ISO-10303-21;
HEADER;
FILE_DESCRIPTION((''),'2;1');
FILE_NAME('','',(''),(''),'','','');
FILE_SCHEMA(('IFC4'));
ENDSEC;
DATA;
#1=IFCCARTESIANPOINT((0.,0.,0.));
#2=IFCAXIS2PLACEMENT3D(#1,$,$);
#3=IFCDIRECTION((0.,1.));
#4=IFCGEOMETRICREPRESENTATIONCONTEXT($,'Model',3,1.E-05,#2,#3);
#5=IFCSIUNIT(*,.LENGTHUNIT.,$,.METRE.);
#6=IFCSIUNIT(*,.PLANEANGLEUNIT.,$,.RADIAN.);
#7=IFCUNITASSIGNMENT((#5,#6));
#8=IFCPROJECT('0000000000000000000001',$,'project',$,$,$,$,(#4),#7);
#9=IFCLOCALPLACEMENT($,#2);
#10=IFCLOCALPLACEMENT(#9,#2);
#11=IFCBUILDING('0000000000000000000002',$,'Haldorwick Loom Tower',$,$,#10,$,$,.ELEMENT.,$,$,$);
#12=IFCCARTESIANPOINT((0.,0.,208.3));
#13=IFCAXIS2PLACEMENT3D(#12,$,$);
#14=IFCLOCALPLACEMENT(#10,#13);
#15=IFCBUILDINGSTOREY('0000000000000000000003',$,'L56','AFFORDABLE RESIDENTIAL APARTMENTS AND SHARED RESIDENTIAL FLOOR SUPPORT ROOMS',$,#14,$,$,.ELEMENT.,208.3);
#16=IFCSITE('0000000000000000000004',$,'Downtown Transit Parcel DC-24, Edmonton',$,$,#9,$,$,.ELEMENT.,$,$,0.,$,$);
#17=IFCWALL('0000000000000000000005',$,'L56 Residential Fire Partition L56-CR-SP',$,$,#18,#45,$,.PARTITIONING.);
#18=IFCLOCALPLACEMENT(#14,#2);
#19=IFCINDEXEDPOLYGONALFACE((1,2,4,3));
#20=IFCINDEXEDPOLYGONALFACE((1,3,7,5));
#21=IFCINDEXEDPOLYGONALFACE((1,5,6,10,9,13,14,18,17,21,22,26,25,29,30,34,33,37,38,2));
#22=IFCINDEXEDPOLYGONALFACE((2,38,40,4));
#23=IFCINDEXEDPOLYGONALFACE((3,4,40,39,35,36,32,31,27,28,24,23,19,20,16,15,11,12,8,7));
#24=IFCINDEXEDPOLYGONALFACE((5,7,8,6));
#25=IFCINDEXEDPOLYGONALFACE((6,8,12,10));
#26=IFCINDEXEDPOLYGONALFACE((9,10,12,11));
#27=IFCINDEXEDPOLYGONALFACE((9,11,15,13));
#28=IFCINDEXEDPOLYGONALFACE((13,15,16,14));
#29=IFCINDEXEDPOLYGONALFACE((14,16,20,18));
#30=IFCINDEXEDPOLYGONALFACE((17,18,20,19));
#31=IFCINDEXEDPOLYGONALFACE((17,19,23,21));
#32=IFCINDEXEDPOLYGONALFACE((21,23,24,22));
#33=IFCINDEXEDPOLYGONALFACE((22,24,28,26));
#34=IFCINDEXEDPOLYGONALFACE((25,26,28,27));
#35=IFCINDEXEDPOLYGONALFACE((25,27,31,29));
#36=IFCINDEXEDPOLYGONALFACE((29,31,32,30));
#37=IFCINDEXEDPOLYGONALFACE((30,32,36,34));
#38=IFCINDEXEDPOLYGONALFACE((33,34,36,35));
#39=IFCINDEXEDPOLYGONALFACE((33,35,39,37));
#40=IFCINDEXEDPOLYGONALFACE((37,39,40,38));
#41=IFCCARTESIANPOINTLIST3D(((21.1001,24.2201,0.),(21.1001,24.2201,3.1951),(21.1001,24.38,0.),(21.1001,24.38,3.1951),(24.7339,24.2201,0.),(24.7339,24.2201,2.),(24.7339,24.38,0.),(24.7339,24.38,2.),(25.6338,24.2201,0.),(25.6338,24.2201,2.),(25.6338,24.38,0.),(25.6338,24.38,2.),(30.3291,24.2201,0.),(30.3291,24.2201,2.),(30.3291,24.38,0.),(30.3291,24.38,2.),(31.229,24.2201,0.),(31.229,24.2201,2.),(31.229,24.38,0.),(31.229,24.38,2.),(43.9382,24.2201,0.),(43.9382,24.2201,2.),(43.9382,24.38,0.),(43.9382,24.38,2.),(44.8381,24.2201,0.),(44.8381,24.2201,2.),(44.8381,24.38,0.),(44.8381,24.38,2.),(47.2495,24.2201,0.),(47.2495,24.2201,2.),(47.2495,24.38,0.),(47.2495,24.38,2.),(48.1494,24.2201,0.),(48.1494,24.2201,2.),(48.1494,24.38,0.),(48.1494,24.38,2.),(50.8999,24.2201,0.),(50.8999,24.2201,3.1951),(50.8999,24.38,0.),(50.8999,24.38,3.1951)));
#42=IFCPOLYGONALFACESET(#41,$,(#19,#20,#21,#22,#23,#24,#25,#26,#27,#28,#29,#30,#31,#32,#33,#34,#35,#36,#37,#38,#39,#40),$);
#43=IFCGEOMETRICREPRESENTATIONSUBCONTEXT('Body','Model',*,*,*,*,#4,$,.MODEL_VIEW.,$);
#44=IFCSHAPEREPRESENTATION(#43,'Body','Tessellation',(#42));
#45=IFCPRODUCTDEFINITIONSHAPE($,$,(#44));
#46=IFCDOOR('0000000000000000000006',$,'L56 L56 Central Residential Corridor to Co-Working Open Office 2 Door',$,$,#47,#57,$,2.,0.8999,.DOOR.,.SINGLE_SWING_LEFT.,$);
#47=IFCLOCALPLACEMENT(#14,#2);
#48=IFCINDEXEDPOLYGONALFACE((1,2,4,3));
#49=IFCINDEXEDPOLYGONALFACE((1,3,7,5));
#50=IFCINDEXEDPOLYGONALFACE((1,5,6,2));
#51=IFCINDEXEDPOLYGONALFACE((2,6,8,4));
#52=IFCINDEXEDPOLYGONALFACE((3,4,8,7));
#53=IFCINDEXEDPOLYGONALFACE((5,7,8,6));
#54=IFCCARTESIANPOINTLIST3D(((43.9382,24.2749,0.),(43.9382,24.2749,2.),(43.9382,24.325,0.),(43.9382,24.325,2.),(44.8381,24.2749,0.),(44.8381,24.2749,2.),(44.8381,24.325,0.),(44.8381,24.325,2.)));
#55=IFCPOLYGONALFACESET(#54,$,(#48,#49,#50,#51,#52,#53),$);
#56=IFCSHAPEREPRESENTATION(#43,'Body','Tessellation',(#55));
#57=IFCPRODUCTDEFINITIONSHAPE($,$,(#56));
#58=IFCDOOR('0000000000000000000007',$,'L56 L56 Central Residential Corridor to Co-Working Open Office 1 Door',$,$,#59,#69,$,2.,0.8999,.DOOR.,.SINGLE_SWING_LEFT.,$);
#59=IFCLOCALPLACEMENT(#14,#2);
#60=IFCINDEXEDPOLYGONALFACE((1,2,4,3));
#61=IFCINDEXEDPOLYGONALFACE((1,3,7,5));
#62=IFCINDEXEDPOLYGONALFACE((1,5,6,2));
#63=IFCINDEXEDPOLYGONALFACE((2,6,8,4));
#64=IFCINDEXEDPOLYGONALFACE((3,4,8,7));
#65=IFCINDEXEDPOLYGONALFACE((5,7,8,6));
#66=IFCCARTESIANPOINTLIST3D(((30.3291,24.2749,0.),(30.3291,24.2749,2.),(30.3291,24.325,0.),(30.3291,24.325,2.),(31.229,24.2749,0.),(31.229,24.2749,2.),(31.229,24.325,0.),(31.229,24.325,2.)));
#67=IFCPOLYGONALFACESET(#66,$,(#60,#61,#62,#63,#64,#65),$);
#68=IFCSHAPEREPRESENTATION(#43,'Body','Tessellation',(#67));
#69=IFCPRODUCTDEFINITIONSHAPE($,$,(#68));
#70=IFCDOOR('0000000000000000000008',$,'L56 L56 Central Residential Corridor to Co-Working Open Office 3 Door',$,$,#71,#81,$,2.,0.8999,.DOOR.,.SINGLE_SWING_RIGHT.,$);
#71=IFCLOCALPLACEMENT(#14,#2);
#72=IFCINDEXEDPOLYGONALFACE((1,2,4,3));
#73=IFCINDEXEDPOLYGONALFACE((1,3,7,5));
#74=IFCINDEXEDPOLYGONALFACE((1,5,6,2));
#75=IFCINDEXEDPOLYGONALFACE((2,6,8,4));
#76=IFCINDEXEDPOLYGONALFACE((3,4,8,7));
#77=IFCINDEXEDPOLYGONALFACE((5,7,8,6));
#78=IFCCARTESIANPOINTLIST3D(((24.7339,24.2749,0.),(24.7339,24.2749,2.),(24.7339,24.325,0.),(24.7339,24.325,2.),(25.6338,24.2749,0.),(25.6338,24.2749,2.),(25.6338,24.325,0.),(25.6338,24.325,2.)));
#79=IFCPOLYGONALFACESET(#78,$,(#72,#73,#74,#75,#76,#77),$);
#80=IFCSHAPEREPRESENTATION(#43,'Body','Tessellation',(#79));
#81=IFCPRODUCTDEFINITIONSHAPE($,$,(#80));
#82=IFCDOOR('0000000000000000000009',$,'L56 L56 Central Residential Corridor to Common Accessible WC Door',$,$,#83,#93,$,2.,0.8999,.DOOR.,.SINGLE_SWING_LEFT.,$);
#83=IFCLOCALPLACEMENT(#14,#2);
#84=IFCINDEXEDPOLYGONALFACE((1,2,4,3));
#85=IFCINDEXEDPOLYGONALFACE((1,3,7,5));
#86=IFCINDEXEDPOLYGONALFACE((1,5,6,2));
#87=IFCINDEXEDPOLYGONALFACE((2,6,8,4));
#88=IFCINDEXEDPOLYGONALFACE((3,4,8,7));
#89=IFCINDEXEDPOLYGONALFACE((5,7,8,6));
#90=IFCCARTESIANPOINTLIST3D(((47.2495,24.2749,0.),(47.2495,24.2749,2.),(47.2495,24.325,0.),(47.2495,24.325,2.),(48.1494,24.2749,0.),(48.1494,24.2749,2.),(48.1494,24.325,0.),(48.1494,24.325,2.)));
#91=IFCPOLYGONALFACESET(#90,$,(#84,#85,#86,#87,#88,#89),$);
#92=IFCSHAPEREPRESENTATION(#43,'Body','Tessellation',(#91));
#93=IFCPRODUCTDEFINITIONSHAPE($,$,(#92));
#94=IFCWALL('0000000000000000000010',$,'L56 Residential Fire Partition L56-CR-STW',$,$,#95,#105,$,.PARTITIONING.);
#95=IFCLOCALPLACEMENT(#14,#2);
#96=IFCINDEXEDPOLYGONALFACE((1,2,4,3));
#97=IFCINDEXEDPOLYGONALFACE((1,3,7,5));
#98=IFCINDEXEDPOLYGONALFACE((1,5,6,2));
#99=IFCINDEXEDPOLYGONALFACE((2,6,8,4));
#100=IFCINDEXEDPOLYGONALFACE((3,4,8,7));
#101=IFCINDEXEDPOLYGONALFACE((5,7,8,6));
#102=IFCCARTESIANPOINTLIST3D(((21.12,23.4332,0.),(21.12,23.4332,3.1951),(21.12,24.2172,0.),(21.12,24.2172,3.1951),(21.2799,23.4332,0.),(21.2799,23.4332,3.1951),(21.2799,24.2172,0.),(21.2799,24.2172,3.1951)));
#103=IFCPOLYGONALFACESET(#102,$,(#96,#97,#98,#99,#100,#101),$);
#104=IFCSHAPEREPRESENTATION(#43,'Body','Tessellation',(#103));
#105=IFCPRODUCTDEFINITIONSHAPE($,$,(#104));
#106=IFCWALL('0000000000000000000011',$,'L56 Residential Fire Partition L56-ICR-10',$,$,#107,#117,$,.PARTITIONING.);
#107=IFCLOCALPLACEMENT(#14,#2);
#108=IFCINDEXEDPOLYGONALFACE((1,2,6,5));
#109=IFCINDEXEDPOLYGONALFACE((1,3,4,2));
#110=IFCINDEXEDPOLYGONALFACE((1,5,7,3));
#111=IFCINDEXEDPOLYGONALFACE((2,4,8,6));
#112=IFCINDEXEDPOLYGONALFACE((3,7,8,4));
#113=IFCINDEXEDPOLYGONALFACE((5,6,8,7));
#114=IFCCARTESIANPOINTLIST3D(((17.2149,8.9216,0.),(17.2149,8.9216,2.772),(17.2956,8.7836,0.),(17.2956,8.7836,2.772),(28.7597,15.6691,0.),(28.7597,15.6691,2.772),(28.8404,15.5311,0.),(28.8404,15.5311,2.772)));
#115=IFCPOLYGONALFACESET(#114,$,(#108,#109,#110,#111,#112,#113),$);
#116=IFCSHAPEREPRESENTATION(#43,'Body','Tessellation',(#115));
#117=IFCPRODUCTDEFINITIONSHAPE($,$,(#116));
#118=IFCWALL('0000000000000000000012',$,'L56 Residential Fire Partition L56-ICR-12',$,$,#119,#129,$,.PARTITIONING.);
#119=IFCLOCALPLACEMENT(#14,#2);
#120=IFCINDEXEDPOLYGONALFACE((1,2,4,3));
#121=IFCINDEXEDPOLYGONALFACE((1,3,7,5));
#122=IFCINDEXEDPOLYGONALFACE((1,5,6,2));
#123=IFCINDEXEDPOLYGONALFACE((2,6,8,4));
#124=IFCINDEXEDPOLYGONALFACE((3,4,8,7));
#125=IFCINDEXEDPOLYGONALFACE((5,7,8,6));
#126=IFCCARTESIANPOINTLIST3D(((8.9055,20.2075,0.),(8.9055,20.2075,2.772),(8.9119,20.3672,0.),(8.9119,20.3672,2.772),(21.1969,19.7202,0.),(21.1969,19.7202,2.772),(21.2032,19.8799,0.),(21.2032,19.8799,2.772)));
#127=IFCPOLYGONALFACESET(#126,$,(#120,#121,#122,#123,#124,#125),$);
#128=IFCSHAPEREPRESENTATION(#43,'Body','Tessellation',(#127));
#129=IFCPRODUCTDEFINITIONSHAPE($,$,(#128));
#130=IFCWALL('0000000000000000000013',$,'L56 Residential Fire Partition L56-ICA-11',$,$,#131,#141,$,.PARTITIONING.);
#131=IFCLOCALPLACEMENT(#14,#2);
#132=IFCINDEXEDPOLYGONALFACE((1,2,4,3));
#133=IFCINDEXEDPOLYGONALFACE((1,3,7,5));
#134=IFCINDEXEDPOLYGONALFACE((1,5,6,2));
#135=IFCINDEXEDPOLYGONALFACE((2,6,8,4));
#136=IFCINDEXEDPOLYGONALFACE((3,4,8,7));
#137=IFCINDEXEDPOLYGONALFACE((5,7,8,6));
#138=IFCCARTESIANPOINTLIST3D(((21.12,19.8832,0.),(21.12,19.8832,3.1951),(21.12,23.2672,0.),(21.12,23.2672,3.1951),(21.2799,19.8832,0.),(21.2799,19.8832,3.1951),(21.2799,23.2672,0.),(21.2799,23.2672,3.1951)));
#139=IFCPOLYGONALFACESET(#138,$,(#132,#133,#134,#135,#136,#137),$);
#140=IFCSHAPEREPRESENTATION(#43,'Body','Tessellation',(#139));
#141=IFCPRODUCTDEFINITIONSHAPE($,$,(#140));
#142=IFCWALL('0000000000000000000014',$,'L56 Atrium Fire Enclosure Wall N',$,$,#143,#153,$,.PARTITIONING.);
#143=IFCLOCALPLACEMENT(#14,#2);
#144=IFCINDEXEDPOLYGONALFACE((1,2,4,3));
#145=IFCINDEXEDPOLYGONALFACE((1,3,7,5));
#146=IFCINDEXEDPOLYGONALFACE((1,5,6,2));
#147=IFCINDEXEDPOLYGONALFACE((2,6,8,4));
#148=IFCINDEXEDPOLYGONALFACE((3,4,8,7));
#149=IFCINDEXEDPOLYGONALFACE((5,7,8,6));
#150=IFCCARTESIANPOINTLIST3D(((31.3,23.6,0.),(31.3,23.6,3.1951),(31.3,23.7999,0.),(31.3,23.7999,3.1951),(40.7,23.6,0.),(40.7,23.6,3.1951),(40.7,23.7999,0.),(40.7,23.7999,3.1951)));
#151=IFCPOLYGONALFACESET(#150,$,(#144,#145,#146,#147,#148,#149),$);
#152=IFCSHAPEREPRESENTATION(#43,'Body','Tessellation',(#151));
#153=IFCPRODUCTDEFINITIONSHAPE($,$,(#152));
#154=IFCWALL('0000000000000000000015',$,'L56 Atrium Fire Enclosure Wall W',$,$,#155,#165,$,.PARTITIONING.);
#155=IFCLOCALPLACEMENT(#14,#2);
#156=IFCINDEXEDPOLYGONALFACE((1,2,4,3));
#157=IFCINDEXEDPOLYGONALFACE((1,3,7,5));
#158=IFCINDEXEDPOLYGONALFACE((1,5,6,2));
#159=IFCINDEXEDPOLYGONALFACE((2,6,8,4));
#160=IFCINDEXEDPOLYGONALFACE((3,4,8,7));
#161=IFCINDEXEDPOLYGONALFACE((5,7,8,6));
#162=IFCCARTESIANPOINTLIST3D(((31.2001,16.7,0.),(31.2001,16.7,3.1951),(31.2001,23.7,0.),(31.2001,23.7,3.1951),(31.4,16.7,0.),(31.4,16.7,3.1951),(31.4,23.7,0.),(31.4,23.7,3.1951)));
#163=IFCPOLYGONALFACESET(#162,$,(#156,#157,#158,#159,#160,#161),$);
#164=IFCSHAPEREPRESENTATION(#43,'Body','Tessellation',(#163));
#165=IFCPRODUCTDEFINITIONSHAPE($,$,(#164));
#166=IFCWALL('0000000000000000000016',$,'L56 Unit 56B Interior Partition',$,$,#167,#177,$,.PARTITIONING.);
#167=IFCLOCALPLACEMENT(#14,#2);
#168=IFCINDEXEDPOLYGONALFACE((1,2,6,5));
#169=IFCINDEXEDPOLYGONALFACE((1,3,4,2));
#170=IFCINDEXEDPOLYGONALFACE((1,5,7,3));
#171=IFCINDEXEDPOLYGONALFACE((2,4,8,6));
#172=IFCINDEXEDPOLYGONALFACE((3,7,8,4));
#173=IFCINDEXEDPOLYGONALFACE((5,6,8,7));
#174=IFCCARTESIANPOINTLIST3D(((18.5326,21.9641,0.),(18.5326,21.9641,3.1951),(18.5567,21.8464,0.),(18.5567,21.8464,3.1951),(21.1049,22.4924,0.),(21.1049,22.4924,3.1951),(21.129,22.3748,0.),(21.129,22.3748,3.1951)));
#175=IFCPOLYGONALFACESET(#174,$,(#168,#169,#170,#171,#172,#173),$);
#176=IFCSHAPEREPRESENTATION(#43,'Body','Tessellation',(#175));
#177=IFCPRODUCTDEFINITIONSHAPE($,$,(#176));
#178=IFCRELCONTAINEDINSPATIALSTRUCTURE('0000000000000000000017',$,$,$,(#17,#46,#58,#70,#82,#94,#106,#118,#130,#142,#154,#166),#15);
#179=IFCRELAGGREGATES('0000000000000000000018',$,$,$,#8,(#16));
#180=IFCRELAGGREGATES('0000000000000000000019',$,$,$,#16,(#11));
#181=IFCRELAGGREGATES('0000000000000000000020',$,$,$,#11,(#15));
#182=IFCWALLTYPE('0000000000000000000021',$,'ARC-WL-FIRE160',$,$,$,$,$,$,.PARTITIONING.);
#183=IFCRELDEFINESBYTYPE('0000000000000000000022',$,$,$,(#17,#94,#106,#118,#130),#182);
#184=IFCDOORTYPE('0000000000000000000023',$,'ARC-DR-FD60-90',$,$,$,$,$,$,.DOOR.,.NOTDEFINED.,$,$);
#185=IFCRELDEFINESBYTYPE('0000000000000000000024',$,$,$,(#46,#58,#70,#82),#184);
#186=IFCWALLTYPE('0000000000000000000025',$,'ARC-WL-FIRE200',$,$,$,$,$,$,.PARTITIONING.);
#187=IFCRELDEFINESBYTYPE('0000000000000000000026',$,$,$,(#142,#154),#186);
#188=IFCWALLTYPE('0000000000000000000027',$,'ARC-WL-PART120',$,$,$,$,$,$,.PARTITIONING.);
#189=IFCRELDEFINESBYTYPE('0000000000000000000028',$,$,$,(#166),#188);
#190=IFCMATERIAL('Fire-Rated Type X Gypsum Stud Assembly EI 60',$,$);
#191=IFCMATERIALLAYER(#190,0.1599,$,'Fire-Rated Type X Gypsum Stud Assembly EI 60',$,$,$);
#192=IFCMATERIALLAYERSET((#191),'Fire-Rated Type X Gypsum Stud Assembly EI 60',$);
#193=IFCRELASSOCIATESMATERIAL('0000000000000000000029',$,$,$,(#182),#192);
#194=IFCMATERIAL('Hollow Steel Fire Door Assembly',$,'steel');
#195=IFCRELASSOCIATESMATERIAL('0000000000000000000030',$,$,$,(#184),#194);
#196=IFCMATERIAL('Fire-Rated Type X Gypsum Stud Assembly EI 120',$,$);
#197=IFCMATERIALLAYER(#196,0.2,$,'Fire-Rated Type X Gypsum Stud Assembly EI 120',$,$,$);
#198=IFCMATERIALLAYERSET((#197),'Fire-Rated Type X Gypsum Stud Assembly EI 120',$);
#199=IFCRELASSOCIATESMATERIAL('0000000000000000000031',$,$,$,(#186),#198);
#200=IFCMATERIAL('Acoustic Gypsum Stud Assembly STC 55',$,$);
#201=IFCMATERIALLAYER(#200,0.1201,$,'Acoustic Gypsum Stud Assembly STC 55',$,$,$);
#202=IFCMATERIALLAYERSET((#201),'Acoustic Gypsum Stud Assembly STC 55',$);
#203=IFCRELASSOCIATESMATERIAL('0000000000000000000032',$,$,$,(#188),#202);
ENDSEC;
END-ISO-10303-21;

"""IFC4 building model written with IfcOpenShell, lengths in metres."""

from ifc_helpers import new_model, si_unit, direction, frame, frame_2d, origin, place, context, subcontext, project, spatial, rectangle, extrude, material, layer, layer_set, type_object, element, fill, save


model = new_model("IFC4")

# Units and contexts
model_context = context("Model", 3, precision=1e-05, world=origin(), true_north=direction((0.0, 1.0)))
body_context = subcontext(model_context, "Body", "Model", "MODEL_VIEW")
ifc_project = project(units=[si_unit("LENGTHUNIT", "METRE"), si_unit("PLANEANGLEUNIT", "RADIAN")], contexts=[model_context])

# Site, building, storey
site_placement = place(None, origin())
site = spatial("IfcSite", under=ifc_project, at=site_placement, Name="Downtown Transit Parcel DC-24, Edmonton", CompositionType="ELEMENT", RefElevation=0.0)
building_placement = place(site_placement, origin())
building = spatial("IfcBuilding", under=site, at=building_placement, Name="Haldorwick Loom Tower", CompositionType="ELEMENT")
storey_placement = place(building_placement, frame((0.0, 0.0, 208.3)))
storey = spatial("IfcBuildingStorey", under=building, at=storey_placement, Name="L56", Description="AFFORDABLE RESIDENTIAL APARTMENTS AND SHARED RESIDENTIAL FLOOR SUPPORT ROOMS", CompositionType="ELEMENT", Elevation=208.3)

# Wall, openings, doors
ifc_material_1 = material(Name="Fire-Rated Type X Gypsum Stud Assembly EI 60")
ifc_layer_1 = layer(ifc_material_1, 0.1599, Name="Fire-Rated Type X Gypsum Stud Assembly EI 60")
ifc_layer_set_1 = layer_set([ifc_layer_1], Name="Fire-Rated Type X Gypsum Stud Assembly EI 60")
wall_type_1 = type_object("IfcWallType", Name="ARC-WL-FIRE160", PredefinedType="PARTITIONING", material=ifc_layer_set_1)
wall_1_placement = place(storey_placement, frame((21.1001, 24.3, 0.0), z_axis=(0.0, 0.0, 1.0), x_axis=(1.0, 0.0, 0.0)))
wall_1 = element("IfcWall", 1, at=wall_1_placement, inside=storey, type_object=wall_type_1, Name="L56 Residential Fire Partition L56-CR-SP", PredefinedType="PARTITIONING", context=body_context, shape_type="SweptSolid", body=[
    extrude(rectangle(XDim=29.7998, YDim=0.1599, at=frame_2d((14.8999, 0.0))), origin(), (0.0, 0.0, 1.0), 3.1951),
])
opening_1_placement = place(wall_1_placement, frame((22.8381, 0.0, 0.0)))
opening_1 = element("IfcOpeningElement", 2, at=opening_1_placement, cuts=wall_1, PredefinedType="OPENING", context=body_context, shape_type="SweptSolid", body=[
    extrude(rectangle(XDim=0.8999, YDim=2.0, at=frame_2d((0.45, 1.0))), frame((0.0, 0.0898, 0.0), z_axis=(0.0, -1.0, 0.0), x_axis=(1.0, 0.0, 0.0)), (0.0, 0.0, 1.0), 0.1799),
])
opening_2_placement = place(wall_1_placement, frame((9.229, 0.0, 0.0)))
opening_2 = element("IfcOpeningElement", 3, at=opening_2_placement, cuts=wall_1, PredefinedType="OPENING", context=body_context, shape_type="SweptSolid", body=[
    extrude(rectangle(XDim=0.8999, YDim=2.0, at=frame_2d((0.45, 1.0))), frame((0.0, 0.0898, 0.0), z_axis=(0.0, -1.0, 0.0), x_axis=(1.0, 0.0, 0.0)), (0.0, 0.0, 1.0), 0.1799),
])
opening_3_placement = place(wall_1_placement, frame((3.6338, 0.0, 0.0)))
opening_3 = element("IfcOpeningElement", 4, at=opening_3_placement, cuts=wall_1, PredefinedType="OPENING", context=body_context, shape_type="SweptSolid", body=[
    extrude(rectangle(XDim=0.8999, YDim=2.0, at=frame_2d((0.45, 1.0))), frame((0.0, 0.0898, 0.0), z_axis=(0.0, -1.0, 0.0), x_axis=(1.0, 0.0, 0.0)), (0.0, 0.0, 1.0), 0.1799),
])
opening_4_placement = place(wall_1_placement, frame((26.1494, 0.0, 0.0)))
opening_4 = element("IfcOpeningElement", 5, at=opening_4_placement, cuts=wall_1, PredefinedType="OPENING", context=body_context, shape_type="SweptSolid", body=[
    extrude(rectangle(XDim=0.8999, YDim=2.0, at=frame_2d((0.45, 1.0))), frame((0.0, 0.0898, 0.0), z_axis=(0.0, -1.0, 0.0), x_axis=(1.0, 0.0, 0.0)), (0.0, 0.0, 1.0), 0.1799),
])
ifc_material_2 = material(Name="Hollow Steel Fire Door Assembly", Category="steel")
door_type_1 = type_object("IfcDoorType", Name="ARC-DR-FD60-90", OperationType="NOTDEFINED", PredefinedType="DOOR", material=ifc_material_2)
door_1_placement = place(opening_1_placement, origin())
door_1 = element("IfcDoor", 6, at=door_1_placement, inside=storey, type_object=door_type_1, Name="L56 L56 Central Residential Corridor to Co-Working Open Office 2 Door", OperationType="SINGLE_SWING_LEFT", OverallHeight=2.0, OverallWidth=0.8999, PredefinedType="DOOR", context=body_context, shape_type="SweptSolid", body=[
    extrude(rectangle(XDim=0.8999, YDim=2.0, at=frame_2d((0.45, 1.0))), frame((0.0, 0.0249, 0.0), z_axis=(0.0, -1.0, 0.0), x_axis=(1.0, 0.0, 0.0)), (0.0, 0.0, 1.0), 0.05),
])
fill(opening_1, door_1)
door_2_placement = place(opening_2_placement, origin())
door_2 = element("IfcDoor", 7, at=door_2_placement, inside=storey, type_object=door_type_1, Name="L56 L56 Central Residential Corridor to Co-Working Open Office 1 Door", OperationType="SINGLE_SWING_LEFT", OverallHeight=2.0, OverallWidth=0.8999, PredefinedType="DOOR", context=body_context, shape_type="SweptSolid", body=[
    extrude(rectangle(XDim=0.8999, YDim=2.0, at=frame_2d((0.45, 1.0))), frame((0.0, 0.0249, 0.0), z_axis=(0.0, -1.0, 0.0), x_axis=(1.0, 0.0, 0.0)), (0.0, 0.0, 1.0), 0.05),
])
fill(opening_2, door_2)
door_3_placement = place(opening_3_placement, origin())
door_3 = element("IfcDoor", 8, at=door_3_placement, inside=storey, type_object=door_type_1, Name="L56 L56 Central Residential Corridor to Co-Working Open Office 3 Door", OperationType="SINGLE_SWING_RIGHT", OverallHeight=2.0, OverallWidth=0.8999, PredefinedType="DOOR", context=body_context, shape_type="SweptSolid", body=[
    extrude(rectangle(XDim=0.8999, YDim=2.0, at=frame_2d((0.45, 1.0))), frame((0.0, 0.0249, 0.0), z_axis=(0.0, -1.0, 0.0), x_axis=(1.0, 0.0, 0.0)), (0.0, 0.0, 1.0), 0.05),
])
fill(opening_3, door_3)
door_4_placement = place(opening_4_placement, origin())
door_4 = element("IfcDoor", 9, at=door_4_placement, inside=storey, type_object=door_type_1, Name="L56 L56 Central Residential Corridor to Common Accessible WC Door", OperationType="SINGLE_SWING_LEFT", OverallHeight=2.0, OverallWidth=0.8999, PredefinedType="DOOR", context=body_context, shape_type="SweptSolid", body=[
    extrude(rectangle(XDim=0.8999, YDim=2.0, at=frame_2d((0.45, 1.0))), frame((0.0, 0.0249, 0.0), z_axis=(0.0, -1.0, 0.0), x_axis=(1.0, 0.0, 0.0)), (0.0, 0.0, 1.0), 0.05),
])
fill(opening_4, door_4)

# Walls
wall_2_placement = place(storey_placement, frame((21.2, 23.4331, 0.0), z_axis=(0.0, 0.0, 1.0), x_axis=(0.0, 1.0, 0.0)))
element("IfcWall", 10, at=wall_2_placement, inside=storey, type_object=wall_type_1, Name="L56 Residential Fire Partition L56-CR-STW", PredefinedType="PARTITIONING", context=body_context, shape_type="SweptSolid", body=[
    extrude(rectangle(XDim=0.7839, YDim=0.1599, at=frame_2d((0.3921, 0.0))), origin(), (0.0, 0.0, 1.0), 3.1951),
])
wall_3_placement = place(storey_placement, frame((28.8, 15.6001, 0.0), z_axis=(0.0, 0.0, 1.0), x_axis=(-0.863355, -0.504597, 0.0)))
element("IfcWall", 11, at=wall_3_placement, inside=storey, type_object=wall_type_1, Name="L56 Residential Fire Partition L56-ICR-10", PredefinedType="PARTITIONING", context=body_context, shape_type="SweptSolid", body=[
    extrude(rectangle(XDim=13.3721, YDim=0.1599, at=frame_2d((6.686, 0.0))), origin(), (0.0, 0.0, 1.0), 2.772),
])
wall_4_placement = place(storey_placement, frame((21.2, 19.8, 0.0), z_axis=(0.0, 0.0, 1.0), x_axis=(-0.999215, 0.039615, 0.0)))
element("IfcWall", 12, at=wall_4_placement, inside=storey, type_object=wall_type_1, Name="L56 Residential Fire Partition L56-ICR-12", PredefinedType="PARTITIONING", context=body_context, shape_type="SweptSolid", body=[
    extrude(rectangle(XDim=12.301, YDim=0.1599, at=frame_2d((6.1504, 0.0))), origin(), (0.0, 0.0, 1.0), 2.772),
])
wall_5_placement = place(storey_placement, frame((21.2, 23.2671, 0.0), z_axis=(0.0, 0.0, 1.0), x_axis=(0.0, -1.0, 0.0)))
element("IfcWall", 13, at=wall_5_placement, inside=storey, type_object=wall_type_1, Name="L56 Residential Fire Partition L56-ICA-11", PredefinedType="PARTITIONING", context=body_context, shape_type="SweptSolid", body=[
    extrude(rectangle(XDim=3.384, YDim=0.1599, at=frame_2d((1.6919, 0.0))), origin(), (0.0, 0.0, 1.0), 3.1951),
])
ifc_material_3 = material(Name="Fire-Rated Type X Gypsum Stud Assembly EI 120")
ifc_layer_2 = layer(ifc_material_3, 0.2, Name="Fire-Rated Type X Gypsum Stud Assembly EI 120")
ifc_layer_set_2 = layer_set([ifc_layer_2], Name="Fire-Rated Type X Gypsum Stud Assembly EI 120")
wall_type_2 = type_object("IfcWallType", Name="ARC-WL-FIRE200", PredefinedType="PARTITIONING", material=ifc_layer_set_2)
wall_6_placement = place(storey_placement, frame((31.3, 23.7, 0.0), z_axis=(0.0, 0.0, 1.0), x_axis=(1.0, 0.0, 0.0)))
element("IfcWall", 14, at=wall_6_placement, inside=storey, type_object=wall_type_2, Name="L56 Atrium Fire Enclosure Wall N", PredefinedType="PARTITIONING", context=body_context, shape_type="SweptSolid", body=[
    extrude(rectangle(XDim=9.3999, YDim=0.2, at=frame_2d((4.7, 0.0))), origin(), (0.0, 0.0, 1.0), 3.1951),
])
wall_7_placement = place(storey_placement, frame((31.3, 16.7, 0.0), z_axis=(0.0, 0.0, 1.0), x_axis=(0.0, 1.0, 0.0)))
element("IfcWall", 15, at=wall_7_placement, inside=storey, type_object=wall_type_2, Name="L56 Atrium Fire Enclosure Wall W", PredefinedType="PARTITIONING", context=body_context, shape_type="SweptSolid", body=[
    extrude(rectangle(XDim=7.0, YDim=0.2, at=frame_2d((3.5, 0.0))), origin(), (0.0, 0.0, 1.0), 3.1951),
])
ifc_material_4 = material(Name="Acoustic Gypsum Stud Assembly STC 55")
ifc_layer_3 = layer(ifc_material_4, 0.1201, Name="Acoustic Gypsum Stud Assembly STC 55")
ifc_layer_set_3 = layer_set([ifc_layer_3], Name="Acoustic Gypsum Stud Assembly STC 55")
wall_type_3 = type_object("IfcWallType", Name="ARC-WL-PART120", PredefinedType="PARTITIONING", material=ifc_layer_set_3)
wall_8_placement = place(storey_placement, frame((21.1169, 22.4336, 0.0), z_axis=(0.0, 0.0, 1.0), x_axis=(-0.979552, -0.201191, 0.0)))
element("IfcWall", 16, at=wall_8_placement, inside=storey, type_object=wall_type_3, Name="L56 Unit 56B Interior Partition", PredefinedType="PARTITIONING", context=body_context, shape_type="SweptSolid", body=[
    extrude(rectangle(XDim=2.626, YDim=0.1201, at=frame_2d((1.313, 0.0))), origin(), (0.0, 0.0, 1.0), 3.1951),
])

save(model, "model.ifc")
